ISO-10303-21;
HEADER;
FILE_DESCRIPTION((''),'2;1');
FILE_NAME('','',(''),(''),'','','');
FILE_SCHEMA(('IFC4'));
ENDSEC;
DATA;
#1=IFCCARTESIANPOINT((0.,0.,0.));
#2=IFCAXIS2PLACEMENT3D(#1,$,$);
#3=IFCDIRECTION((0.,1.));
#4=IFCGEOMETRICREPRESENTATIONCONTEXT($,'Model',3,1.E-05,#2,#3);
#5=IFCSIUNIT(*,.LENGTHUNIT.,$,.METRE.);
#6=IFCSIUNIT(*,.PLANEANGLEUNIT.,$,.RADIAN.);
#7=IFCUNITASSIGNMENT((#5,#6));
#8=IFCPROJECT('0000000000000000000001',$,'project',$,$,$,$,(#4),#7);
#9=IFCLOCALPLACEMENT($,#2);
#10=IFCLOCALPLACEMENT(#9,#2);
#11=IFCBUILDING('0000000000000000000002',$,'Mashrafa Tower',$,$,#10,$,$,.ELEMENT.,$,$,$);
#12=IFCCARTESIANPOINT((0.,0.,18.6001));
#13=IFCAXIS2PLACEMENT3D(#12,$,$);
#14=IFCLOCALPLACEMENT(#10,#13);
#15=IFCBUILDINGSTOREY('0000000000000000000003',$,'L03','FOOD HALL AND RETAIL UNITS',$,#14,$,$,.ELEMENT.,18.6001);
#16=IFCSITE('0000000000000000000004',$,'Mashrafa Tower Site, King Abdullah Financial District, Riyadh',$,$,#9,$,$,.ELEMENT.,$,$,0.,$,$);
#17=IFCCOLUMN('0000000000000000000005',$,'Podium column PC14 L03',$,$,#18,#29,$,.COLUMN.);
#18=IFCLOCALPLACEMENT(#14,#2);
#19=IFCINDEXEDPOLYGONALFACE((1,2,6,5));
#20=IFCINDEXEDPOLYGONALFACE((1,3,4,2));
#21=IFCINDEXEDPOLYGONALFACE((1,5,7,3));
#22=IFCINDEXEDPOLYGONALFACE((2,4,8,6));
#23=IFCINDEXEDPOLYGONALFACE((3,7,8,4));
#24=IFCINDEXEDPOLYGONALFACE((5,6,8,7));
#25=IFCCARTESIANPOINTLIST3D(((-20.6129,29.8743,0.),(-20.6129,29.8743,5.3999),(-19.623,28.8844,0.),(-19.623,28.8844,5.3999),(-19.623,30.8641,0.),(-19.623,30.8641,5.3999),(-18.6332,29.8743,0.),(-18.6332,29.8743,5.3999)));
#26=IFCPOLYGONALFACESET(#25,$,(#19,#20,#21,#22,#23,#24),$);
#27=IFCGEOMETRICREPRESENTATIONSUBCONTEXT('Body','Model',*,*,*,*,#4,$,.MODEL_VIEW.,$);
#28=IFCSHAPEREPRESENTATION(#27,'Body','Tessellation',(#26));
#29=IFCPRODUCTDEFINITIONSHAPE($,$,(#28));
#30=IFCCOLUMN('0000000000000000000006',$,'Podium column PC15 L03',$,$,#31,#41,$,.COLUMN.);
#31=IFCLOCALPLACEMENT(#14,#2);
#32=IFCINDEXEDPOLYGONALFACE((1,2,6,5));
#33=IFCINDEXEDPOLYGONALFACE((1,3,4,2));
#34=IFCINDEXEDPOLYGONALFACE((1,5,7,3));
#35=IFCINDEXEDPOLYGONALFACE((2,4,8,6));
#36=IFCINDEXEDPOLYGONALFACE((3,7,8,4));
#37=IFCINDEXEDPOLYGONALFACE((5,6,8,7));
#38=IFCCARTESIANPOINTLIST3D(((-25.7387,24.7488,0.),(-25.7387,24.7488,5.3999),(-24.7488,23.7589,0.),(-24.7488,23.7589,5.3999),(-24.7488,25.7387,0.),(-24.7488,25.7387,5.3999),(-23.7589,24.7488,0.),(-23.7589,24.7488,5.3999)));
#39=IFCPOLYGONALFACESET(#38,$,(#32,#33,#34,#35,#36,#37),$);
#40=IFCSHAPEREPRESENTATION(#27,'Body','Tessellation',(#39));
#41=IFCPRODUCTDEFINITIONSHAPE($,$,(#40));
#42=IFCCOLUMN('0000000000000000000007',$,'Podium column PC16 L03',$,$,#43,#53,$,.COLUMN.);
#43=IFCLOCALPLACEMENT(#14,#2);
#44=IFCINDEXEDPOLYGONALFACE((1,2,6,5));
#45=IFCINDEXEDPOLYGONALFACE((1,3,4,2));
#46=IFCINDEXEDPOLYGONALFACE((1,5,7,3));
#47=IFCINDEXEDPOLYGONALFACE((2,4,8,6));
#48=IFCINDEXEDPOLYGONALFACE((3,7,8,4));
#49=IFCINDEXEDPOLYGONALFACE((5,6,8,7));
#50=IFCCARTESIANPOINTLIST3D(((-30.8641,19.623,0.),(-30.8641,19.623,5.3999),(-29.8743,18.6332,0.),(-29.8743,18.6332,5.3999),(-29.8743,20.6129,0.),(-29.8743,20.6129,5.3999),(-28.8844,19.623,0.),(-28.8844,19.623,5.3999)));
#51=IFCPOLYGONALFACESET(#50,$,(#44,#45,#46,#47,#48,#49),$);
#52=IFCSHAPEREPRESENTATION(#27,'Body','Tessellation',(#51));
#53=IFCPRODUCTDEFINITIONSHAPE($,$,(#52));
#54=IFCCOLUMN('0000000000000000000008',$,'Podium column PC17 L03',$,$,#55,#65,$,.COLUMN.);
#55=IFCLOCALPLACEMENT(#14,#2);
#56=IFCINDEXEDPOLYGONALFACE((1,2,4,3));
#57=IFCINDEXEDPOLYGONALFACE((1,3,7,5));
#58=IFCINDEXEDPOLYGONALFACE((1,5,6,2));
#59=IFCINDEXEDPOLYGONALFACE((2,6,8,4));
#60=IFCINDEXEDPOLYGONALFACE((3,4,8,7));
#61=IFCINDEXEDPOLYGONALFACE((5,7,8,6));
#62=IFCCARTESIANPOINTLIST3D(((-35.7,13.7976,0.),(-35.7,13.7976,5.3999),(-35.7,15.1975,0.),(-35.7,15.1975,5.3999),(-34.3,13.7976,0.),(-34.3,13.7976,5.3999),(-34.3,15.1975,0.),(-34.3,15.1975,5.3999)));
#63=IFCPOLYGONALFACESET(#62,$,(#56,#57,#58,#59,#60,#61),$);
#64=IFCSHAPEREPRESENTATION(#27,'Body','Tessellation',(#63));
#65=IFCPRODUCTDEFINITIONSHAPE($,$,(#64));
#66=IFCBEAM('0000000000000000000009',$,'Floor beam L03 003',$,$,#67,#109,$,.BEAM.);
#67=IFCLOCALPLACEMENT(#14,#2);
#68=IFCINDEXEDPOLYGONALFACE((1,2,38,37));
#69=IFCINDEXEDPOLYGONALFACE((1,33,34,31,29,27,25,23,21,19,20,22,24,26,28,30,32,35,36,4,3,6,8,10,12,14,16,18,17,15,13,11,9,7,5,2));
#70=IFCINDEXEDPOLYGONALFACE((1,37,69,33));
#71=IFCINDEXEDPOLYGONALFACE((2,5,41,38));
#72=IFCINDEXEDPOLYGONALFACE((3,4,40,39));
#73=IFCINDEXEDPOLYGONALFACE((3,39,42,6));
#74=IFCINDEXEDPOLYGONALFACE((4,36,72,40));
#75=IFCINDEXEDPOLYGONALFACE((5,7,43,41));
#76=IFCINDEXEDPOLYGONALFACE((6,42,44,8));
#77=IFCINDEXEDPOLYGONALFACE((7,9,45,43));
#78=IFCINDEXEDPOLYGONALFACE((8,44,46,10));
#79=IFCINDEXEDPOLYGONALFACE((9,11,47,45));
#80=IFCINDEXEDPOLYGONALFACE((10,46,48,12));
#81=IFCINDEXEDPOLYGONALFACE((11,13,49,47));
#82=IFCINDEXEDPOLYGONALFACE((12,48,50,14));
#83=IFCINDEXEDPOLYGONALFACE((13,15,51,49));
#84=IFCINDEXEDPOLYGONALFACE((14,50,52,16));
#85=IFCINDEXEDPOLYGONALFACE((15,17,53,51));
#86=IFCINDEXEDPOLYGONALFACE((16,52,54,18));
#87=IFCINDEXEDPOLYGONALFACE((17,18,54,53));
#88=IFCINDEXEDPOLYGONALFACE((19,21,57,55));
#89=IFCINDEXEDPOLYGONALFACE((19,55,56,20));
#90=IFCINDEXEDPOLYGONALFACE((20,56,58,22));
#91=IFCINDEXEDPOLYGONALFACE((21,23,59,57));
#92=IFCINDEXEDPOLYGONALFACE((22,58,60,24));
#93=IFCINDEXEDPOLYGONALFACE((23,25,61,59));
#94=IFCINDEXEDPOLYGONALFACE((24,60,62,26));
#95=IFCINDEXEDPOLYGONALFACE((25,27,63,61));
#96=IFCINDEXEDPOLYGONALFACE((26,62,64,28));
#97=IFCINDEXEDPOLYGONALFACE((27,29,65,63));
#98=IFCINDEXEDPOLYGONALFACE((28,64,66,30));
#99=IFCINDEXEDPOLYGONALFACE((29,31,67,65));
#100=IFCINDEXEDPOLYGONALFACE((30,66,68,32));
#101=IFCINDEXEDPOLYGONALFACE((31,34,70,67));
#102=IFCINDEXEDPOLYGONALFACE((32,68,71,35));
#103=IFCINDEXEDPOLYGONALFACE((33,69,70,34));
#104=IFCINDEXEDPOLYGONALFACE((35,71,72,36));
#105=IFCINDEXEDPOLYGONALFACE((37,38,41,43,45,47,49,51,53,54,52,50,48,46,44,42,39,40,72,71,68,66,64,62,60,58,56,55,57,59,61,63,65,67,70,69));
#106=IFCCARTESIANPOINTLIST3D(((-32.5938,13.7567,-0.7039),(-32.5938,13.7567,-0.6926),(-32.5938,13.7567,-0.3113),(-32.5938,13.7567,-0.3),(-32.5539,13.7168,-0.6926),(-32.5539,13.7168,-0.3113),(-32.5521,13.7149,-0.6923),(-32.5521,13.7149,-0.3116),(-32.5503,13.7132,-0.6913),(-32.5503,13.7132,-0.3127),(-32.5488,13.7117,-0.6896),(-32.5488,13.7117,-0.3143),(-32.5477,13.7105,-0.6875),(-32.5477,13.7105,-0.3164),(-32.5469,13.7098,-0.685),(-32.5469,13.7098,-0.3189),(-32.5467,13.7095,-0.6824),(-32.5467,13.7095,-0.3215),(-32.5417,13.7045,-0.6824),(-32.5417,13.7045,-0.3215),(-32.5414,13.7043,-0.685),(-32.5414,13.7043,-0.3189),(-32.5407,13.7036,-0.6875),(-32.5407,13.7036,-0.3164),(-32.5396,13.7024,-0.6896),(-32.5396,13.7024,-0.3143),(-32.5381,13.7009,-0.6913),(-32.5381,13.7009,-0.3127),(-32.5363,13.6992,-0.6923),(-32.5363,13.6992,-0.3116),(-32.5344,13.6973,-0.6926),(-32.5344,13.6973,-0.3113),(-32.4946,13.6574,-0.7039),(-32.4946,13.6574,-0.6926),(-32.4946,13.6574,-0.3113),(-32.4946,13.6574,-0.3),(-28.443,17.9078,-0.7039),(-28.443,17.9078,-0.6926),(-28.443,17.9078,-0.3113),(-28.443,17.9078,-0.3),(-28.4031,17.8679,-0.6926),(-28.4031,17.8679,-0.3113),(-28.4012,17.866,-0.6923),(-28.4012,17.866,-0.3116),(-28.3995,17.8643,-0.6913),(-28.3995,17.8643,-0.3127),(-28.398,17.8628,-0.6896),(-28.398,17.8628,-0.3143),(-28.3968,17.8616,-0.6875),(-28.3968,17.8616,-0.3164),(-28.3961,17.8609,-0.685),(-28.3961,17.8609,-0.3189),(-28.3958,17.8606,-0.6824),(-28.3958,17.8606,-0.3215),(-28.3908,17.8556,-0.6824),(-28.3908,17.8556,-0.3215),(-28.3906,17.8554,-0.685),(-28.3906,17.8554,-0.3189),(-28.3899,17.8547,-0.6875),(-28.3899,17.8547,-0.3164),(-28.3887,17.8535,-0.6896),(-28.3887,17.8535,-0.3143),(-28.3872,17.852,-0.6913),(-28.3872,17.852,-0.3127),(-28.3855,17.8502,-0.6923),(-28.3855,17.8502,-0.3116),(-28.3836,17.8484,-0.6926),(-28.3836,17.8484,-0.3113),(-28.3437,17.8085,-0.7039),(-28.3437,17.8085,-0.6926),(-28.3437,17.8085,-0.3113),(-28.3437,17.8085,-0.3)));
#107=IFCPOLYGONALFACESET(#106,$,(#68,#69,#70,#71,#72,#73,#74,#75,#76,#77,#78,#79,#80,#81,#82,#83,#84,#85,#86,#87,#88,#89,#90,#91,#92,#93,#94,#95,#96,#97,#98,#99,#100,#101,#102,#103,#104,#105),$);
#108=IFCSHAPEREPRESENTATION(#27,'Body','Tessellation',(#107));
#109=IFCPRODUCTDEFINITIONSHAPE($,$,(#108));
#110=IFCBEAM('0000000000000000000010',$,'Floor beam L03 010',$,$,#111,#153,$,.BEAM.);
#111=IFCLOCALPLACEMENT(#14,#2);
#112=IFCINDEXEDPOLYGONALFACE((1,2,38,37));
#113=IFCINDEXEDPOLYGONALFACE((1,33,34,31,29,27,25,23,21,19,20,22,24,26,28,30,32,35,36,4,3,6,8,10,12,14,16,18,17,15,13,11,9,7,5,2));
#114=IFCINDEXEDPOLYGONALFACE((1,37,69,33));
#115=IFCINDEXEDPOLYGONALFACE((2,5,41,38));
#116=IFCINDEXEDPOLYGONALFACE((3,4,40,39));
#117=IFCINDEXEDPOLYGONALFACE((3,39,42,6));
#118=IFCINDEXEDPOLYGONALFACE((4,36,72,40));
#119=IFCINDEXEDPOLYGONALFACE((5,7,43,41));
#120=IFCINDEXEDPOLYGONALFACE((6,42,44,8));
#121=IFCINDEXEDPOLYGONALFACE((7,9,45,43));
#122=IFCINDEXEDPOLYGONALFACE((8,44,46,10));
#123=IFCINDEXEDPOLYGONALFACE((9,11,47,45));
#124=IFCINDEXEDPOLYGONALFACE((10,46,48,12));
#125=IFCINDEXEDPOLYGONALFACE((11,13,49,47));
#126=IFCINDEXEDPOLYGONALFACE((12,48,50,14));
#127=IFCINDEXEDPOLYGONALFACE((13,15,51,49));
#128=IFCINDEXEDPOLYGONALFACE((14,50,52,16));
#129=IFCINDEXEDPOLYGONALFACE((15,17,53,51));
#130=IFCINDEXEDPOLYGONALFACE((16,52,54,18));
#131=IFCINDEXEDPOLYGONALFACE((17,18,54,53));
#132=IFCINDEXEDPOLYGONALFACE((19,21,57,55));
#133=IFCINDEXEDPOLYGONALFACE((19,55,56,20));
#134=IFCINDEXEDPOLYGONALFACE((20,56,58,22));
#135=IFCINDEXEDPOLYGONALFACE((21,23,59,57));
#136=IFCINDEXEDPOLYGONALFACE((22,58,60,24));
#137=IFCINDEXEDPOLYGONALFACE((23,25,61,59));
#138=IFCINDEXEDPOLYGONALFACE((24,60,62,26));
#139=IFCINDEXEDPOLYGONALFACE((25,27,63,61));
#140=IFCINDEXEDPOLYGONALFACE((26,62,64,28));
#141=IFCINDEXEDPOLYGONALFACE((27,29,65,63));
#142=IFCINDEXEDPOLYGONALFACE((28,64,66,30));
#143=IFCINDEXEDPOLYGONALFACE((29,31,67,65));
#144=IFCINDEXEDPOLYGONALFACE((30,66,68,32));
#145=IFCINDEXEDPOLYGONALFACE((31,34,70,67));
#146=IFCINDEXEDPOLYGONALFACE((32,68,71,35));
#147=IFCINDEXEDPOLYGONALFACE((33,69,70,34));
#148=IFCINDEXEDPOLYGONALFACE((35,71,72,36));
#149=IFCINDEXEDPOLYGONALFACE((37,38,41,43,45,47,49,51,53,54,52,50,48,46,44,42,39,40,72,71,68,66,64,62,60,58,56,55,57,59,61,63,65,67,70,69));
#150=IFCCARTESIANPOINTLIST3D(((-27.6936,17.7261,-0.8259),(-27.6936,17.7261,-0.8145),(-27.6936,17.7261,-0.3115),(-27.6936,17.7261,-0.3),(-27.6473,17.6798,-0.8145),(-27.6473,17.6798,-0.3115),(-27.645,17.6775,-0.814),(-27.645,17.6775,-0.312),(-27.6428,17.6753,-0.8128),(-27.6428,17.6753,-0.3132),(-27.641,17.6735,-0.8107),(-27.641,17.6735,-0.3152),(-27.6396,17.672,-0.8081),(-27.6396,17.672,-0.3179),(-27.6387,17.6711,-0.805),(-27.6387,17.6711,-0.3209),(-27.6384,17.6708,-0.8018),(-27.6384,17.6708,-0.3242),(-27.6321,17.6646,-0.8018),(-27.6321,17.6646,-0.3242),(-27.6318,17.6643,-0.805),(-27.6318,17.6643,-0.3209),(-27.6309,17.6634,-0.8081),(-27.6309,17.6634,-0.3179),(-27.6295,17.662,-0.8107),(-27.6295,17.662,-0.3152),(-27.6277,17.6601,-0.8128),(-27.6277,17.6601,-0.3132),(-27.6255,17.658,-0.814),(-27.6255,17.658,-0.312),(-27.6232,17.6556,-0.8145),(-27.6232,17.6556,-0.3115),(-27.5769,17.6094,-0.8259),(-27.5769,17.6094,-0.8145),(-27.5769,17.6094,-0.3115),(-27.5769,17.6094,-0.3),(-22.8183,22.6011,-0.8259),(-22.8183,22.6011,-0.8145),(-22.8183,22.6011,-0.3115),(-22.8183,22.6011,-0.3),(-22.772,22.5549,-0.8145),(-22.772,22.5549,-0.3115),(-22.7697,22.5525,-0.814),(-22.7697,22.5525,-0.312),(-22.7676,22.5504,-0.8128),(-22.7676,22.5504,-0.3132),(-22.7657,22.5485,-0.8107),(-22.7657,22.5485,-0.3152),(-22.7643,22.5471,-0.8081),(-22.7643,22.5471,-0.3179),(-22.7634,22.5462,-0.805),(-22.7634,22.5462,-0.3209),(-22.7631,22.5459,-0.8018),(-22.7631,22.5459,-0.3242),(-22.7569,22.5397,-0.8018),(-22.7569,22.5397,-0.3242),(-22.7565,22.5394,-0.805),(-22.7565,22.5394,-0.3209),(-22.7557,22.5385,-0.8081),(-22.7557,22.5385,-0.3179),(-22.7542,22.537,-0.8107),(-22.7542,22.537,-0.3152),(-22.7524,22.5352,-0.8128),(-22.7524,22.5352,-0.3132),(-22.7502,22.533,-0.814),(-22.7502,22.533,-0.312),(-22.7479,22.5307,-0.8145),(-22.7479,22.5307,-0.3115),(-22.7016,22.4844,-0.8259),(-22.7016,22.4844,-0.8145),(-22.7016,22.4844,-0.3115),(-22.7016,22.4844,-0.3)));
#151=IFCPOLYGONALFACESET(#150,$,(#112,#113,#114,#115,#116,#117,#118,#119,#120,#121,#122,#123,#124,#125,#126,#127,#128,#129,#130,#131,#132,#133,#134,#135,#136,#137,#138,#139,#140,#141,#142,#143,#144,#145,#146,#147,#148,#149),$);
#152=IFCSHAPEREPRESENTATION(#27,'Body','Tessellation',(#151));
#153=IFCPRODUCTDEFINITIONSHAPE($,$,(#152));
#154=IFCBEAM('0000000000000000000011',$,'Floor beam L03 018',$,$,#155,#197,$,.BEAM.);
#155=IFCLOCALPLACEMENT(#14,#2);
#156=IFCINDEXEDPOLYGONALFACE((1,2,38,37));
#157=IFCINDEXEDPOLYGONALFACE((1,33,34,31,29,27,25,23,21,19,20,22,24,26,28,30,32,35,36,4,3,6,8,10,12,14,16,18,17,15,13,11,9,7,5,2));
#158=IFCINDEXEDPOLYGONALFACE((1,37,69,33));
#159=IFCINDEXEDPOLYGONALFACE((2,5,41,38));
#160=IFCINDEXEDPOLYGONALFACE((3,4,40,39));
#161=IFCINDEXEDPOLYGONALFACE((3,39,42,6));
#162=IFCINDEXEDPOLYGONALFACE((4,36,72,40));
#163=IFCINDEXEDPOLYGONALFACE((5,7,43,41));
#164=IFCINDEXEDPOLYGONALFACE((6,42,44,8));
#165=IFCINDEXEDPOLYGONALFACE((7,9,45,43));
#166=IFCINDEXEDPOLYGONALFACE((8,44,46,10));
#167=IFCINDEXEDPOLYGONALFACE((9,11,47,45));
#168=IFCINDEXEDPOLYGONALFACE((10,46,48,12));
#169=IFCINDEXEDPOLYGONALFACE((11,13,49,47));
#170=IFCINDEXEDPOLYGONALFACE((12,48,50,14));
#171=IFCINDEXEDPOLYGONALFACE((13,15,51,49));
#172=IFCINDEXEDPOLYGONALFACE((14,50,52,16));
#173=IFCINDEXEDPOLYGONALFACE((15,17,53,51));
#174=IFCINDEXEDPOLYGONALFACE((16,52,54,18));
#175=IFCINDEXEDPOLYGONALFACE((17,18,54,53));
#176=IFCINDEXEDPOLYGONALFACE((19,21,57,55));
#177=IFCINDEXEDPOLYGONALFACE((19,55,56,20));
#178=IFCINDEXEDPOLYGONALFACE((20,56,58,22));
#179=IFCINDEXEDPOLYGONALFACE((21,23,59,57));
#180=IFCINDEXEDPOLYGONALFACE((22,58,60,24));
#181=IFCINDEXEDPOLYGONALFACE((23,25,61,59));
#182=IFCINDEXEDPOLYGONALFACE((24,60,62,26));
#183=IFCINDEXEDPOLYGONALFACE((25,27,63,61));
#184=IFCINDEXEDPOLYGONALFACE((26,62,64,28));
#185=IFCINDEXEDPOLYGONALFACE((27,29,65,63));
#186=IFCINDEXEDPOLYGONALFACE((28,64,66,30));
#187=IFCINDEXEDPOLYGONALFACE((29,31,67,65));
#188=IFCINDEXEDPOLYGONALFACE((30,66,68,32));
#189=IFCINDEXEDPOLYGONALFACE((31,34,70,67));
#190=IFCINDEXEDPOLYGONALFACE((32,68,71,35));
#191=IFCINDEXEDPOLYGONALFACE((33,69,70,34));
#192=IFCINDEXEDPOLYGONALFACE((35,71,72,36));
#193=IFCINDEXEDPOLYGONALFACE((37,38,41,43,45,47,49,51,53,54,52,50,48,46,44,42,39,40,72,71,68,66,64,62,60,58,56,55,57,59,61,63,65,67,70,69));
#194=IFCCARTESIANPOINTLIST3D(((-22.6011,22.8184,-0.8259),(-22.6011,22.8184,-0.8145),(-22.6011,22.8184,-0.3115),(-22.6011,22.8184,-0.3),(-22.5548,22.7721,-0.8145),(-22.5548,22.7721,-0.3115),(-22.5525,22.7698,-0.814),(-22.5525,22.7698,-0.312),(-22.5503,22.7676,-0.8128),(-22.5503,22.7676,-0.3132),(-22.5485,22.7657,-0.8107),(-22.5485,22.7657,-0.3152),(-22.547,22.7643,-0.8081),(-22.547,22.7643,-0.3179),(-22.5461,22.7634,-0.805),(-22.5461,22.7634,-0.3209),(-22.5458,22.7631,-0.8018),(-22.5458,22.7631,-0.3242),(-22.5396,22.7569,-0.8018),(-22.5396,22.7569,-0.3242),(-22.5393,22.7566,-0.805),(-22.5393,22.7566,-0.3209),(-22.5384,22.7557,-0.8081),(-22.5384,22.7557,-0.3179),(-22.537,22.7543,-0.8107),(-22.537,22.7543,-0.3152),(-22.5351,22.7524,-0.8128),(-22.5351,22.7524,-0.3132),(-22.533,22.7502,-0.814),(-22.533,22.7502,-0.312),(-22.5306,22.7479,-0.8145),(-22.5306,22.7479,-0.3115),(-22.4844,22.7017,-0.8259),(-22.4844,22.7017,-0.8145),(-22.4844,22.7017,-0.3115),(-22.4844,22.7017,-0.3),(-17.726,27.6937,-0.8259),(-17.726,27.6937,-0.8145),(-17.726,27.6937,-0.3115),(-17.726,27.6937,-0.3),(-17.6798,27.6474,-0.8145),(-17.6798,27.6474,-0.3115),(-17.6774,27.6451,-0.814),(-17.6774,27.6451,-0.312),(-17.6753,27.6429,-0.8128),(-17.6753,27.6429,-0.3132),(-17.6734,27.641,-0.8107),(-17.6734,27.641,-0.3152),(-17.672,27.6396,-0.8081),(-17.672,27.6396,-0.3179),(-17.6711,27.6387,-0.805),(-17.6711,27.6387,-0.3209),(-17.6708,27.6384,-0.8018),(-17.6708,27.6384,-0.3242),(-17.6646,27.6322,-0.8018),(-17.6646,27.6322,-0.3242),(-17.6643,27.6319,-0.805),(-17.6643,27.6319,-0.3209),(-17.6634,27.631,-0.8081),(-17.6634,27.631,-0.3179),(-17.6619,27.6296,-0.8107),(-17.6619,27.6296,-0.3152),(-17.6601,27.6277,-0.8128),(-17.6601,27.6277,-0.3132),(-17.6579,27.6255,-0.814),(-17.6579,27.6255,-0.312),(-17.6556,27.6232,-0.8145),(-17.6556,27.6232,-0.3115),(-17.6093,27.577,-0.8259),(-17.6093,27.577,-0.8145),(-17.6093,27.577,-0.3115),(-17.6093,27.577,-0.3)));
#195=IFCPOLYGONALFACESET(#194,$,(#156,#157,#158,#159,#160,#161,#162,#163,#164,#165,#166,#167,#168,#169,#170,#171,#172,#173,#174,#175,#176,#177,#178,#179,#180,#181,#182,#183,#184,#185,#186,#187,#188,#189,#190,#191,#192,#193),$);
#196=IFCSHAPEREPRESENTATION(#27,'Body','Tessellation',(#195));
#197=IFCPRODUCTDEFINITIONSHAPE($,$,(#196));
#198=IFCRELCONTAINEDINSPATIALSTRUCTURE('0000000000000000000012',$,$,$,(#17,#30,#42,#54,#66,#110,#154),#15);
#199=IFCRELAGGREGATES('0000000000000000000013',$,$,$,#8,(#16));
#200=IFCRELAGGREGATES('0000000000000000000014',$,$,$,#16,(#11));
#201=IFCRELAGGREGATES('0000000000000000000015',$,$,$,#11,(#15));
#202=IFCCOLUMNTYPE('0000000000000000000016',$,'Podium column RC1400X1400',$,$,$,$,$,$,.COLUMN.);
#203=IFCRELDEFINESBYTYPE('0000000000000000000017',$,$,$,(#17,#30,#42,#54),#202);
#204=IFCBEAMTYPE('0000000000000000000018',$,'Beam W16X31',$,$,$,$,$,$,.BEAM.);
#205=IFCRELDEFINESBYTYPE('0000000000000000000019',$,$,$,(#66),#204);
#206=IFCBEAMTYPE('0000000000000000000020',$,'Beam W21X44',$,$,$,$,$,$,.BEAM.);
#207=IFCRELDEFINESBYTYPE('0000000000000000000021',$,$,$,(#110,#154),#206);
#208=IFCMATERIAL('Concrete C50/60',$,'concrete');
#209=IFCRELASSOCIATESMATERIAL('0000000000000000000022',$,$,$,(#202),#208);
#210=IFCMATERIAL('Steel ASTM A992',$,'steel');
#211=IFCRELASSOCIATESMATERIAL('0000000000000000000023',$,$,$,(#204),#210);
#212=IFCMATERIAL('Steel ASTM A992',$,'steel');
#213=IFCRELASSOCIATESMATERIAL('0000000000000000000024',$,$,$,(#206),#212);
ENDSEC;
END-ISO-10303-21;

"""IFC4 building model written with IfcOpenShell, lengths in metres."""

from ifc_helpers import new_model, si_unit, direction, frame, origin, origin_2d, place, context, subcontext, project, spatial, rectangle, i_section, extrude, material, material_profile, profile_set, type_object, element, save


model = new_model("IFC4")

# Units and contexts
model_context = context("Model", 3, precision=1e-05, world=origin(), true_north=direction((0.0, 1.0)))
body_context = subcontext(model_context, "Body", "Model", "MODEL_VIEW")
ifc_project = project(units=[si_unit("LENGTHUNIT", "METRE"), si_unit("PLANEANGLEUNIT", "RADIAN")], contexts=[model_context])

# Site, building, storey
site_placement = place(None, origin())
site = spatial("IfcSite", under=ifc_project, at=site_placement, Name="Mashrafa Tower Site, King Abdullah Financial District, Riyadh", CompositionType="ELEMENT", RefElevation=0.0)
building_placement = place(site_placement, origin())
building = spatial("IfcBuilding", under=site, at=building_placement, Name="Mashrafa Tower", CompositionType="ELEMENT")
storey_placement = place(building_placement, frame((0.0, 0.0, 18.6001)))
storey = spatial("IfcBuildingStorey", under=building, at=storey_placement, Name="L03", Description="FOOD HALL AND RETAIL UNITS", CompositionType="ELEMENT", Elevation=18.6001)

# Columns
ifc_material_1 = material(Name="Concrete C50/60", Category="concrete")
ifc_material_profile_1 = material_profile(ifc_material_1, rectangle(XDim=1.3999, YDim=1.3999, at=origin_2d()), Name="RC1400X1400")
ifc_profile_set_1 = profile_set([ifc_material_profile_1], Name="Concrete C50/60")
column_type = type_object("IfcColumnType", Name="Podium column RC1400X1400", PredefinedType="COLUMN", material=ifc_profile_set_1)
for number, where, z_axis, x_axis, name in (
    (1, (-19.623, 29.8743, 0.0), (0.0, 0.0, 1.0), (0.707107, 0.707107, 0.0), "Podium column PC14 L03"),
    (2, (-24.7488, 24.7488, 0.0), (0.0, 0.0, 1.0), (0.707107, 0.707107, 0.0), "Podium column PC15 L03"),
    (3, (-29.8743, 19.623, 0.0), (0.0, 0.0, 1.0), (0.707107, 0.707107, 0.0), "Podium column PC16 L03"),
    (4, (-35.0, 14.4976, 0.0), (0.0, 0.0, 1.0), (1.0, 0.0, 0.0), "Podium column PC17 L03"),
):
    element("IfcColumn", number, at=place(storey_placement, frame(where, z_axis=z_axis, x_axis=x_axis)), inside=storey, type_object=column_type, Name=name, PredefinedType="COLUMN", context=body_context, shape_type="SweptSolid", body=[
        extrude(rectangle(XDim=1.3999, YDim=1.3999, at=origin_2d()), origin(), (0.0, 0.0, 1.0), 5.3999),
    ])

# Beams
ifc_material_2 = material(Name="Steel ASTM A992", Category="steel")
ifc_material_profile_2 = material_profile(ifc_material_2, i_section(OverallWidth=0.1404, OverallDepth=0.4038, WebThickness=0.0071, FlangeThickness=0.0112, FilletRadius=0.0103, at=origin_2d()), Name="W16X31")
ifc_profile_set_2 = profile_set([ifc_material_profile_2], Name="Steel ASTM A992")
beam_type_1 = type_object("IfcBeamType", Name="Beam W16X31", PredefinedType="BEAM", material=ifc_profile_set_2)
beam_1_placement = place(storey_placement, frame((-32.5442, 13.707, -0.502), z_axis=(0.707086, 0.707128, 0.0), x_axis=(-0.707128, 0.707086, 0.0)))
element("IfcBeam", 5, at=beam_1_placement, inside=storey, type_object=beam_type_1, Name="Floor beam L03 003", PredefinedType="BEAM", context=body_context, shape_type="SweptSolid", body=[
    extrude(i_section(OverallWidth=0.1404, OverallDepth=0.4038, WebThickness=0.0071, FlangeThickness=0.0112, FilletRadius=0.0103, at=origin_2d()), origin(), (0.0, 0.0, 1.0), 5.8704),
])
ifc_material_3 = material(Name="Steel ASTM A992", Category="steel")
ifc_material_profile_3 = material_profile(ifc_material_3, i_section(OverallWidth=0.165, OverallDepth=0.5259, WebThickness=0.0088, FlangeThickness=0.0115, FilletRadius=0.0127, at=origin_2d()), Name="W21X44")
ifc_profile_set_3 = profile_set([ifc_material_profile_3], Name="Steel ASTM A992")
beam_type_2 = type_object("IfcBeamType", Name="Beam W21X44", PredefinedType="BEAM", material=ifc_profile_set_3)
for number, where, z_axis, x_axis, name in (
    (6, (-27.6353, 17.6677, -0.563), (0.707124, 0.707089, 0.0), (-0.707089, 0.707124, 0.0), "Floor beam L03 010"),
    (7, (-22.5427, 22.76, -0.563), (0.707089, 0.707124, 0.0), (-0.707124, 0.707089, 0.0), "Floor beam L03 018"),
):
    element("IfcBeam", number, at=place(storey_placement, frame(where, z_axis=z_axis, x_axis=x_axis)), inside=storey, type_object=beam_type_2, Name=name, PredefinedType="BEAM", context=body_context, shape_type="SweptSolid", body=[
        extrude(i_section(OverallWidth=0.165, OverallDepth=0.5259, WebThickness=0.0088, FlangeThickness=0.0115, FilletRadius=0.0127, at=origin_2d()), origin(), (0.0, 0.0, 1.0), 6.8945),
    ])

save(model, "model.ifc")
